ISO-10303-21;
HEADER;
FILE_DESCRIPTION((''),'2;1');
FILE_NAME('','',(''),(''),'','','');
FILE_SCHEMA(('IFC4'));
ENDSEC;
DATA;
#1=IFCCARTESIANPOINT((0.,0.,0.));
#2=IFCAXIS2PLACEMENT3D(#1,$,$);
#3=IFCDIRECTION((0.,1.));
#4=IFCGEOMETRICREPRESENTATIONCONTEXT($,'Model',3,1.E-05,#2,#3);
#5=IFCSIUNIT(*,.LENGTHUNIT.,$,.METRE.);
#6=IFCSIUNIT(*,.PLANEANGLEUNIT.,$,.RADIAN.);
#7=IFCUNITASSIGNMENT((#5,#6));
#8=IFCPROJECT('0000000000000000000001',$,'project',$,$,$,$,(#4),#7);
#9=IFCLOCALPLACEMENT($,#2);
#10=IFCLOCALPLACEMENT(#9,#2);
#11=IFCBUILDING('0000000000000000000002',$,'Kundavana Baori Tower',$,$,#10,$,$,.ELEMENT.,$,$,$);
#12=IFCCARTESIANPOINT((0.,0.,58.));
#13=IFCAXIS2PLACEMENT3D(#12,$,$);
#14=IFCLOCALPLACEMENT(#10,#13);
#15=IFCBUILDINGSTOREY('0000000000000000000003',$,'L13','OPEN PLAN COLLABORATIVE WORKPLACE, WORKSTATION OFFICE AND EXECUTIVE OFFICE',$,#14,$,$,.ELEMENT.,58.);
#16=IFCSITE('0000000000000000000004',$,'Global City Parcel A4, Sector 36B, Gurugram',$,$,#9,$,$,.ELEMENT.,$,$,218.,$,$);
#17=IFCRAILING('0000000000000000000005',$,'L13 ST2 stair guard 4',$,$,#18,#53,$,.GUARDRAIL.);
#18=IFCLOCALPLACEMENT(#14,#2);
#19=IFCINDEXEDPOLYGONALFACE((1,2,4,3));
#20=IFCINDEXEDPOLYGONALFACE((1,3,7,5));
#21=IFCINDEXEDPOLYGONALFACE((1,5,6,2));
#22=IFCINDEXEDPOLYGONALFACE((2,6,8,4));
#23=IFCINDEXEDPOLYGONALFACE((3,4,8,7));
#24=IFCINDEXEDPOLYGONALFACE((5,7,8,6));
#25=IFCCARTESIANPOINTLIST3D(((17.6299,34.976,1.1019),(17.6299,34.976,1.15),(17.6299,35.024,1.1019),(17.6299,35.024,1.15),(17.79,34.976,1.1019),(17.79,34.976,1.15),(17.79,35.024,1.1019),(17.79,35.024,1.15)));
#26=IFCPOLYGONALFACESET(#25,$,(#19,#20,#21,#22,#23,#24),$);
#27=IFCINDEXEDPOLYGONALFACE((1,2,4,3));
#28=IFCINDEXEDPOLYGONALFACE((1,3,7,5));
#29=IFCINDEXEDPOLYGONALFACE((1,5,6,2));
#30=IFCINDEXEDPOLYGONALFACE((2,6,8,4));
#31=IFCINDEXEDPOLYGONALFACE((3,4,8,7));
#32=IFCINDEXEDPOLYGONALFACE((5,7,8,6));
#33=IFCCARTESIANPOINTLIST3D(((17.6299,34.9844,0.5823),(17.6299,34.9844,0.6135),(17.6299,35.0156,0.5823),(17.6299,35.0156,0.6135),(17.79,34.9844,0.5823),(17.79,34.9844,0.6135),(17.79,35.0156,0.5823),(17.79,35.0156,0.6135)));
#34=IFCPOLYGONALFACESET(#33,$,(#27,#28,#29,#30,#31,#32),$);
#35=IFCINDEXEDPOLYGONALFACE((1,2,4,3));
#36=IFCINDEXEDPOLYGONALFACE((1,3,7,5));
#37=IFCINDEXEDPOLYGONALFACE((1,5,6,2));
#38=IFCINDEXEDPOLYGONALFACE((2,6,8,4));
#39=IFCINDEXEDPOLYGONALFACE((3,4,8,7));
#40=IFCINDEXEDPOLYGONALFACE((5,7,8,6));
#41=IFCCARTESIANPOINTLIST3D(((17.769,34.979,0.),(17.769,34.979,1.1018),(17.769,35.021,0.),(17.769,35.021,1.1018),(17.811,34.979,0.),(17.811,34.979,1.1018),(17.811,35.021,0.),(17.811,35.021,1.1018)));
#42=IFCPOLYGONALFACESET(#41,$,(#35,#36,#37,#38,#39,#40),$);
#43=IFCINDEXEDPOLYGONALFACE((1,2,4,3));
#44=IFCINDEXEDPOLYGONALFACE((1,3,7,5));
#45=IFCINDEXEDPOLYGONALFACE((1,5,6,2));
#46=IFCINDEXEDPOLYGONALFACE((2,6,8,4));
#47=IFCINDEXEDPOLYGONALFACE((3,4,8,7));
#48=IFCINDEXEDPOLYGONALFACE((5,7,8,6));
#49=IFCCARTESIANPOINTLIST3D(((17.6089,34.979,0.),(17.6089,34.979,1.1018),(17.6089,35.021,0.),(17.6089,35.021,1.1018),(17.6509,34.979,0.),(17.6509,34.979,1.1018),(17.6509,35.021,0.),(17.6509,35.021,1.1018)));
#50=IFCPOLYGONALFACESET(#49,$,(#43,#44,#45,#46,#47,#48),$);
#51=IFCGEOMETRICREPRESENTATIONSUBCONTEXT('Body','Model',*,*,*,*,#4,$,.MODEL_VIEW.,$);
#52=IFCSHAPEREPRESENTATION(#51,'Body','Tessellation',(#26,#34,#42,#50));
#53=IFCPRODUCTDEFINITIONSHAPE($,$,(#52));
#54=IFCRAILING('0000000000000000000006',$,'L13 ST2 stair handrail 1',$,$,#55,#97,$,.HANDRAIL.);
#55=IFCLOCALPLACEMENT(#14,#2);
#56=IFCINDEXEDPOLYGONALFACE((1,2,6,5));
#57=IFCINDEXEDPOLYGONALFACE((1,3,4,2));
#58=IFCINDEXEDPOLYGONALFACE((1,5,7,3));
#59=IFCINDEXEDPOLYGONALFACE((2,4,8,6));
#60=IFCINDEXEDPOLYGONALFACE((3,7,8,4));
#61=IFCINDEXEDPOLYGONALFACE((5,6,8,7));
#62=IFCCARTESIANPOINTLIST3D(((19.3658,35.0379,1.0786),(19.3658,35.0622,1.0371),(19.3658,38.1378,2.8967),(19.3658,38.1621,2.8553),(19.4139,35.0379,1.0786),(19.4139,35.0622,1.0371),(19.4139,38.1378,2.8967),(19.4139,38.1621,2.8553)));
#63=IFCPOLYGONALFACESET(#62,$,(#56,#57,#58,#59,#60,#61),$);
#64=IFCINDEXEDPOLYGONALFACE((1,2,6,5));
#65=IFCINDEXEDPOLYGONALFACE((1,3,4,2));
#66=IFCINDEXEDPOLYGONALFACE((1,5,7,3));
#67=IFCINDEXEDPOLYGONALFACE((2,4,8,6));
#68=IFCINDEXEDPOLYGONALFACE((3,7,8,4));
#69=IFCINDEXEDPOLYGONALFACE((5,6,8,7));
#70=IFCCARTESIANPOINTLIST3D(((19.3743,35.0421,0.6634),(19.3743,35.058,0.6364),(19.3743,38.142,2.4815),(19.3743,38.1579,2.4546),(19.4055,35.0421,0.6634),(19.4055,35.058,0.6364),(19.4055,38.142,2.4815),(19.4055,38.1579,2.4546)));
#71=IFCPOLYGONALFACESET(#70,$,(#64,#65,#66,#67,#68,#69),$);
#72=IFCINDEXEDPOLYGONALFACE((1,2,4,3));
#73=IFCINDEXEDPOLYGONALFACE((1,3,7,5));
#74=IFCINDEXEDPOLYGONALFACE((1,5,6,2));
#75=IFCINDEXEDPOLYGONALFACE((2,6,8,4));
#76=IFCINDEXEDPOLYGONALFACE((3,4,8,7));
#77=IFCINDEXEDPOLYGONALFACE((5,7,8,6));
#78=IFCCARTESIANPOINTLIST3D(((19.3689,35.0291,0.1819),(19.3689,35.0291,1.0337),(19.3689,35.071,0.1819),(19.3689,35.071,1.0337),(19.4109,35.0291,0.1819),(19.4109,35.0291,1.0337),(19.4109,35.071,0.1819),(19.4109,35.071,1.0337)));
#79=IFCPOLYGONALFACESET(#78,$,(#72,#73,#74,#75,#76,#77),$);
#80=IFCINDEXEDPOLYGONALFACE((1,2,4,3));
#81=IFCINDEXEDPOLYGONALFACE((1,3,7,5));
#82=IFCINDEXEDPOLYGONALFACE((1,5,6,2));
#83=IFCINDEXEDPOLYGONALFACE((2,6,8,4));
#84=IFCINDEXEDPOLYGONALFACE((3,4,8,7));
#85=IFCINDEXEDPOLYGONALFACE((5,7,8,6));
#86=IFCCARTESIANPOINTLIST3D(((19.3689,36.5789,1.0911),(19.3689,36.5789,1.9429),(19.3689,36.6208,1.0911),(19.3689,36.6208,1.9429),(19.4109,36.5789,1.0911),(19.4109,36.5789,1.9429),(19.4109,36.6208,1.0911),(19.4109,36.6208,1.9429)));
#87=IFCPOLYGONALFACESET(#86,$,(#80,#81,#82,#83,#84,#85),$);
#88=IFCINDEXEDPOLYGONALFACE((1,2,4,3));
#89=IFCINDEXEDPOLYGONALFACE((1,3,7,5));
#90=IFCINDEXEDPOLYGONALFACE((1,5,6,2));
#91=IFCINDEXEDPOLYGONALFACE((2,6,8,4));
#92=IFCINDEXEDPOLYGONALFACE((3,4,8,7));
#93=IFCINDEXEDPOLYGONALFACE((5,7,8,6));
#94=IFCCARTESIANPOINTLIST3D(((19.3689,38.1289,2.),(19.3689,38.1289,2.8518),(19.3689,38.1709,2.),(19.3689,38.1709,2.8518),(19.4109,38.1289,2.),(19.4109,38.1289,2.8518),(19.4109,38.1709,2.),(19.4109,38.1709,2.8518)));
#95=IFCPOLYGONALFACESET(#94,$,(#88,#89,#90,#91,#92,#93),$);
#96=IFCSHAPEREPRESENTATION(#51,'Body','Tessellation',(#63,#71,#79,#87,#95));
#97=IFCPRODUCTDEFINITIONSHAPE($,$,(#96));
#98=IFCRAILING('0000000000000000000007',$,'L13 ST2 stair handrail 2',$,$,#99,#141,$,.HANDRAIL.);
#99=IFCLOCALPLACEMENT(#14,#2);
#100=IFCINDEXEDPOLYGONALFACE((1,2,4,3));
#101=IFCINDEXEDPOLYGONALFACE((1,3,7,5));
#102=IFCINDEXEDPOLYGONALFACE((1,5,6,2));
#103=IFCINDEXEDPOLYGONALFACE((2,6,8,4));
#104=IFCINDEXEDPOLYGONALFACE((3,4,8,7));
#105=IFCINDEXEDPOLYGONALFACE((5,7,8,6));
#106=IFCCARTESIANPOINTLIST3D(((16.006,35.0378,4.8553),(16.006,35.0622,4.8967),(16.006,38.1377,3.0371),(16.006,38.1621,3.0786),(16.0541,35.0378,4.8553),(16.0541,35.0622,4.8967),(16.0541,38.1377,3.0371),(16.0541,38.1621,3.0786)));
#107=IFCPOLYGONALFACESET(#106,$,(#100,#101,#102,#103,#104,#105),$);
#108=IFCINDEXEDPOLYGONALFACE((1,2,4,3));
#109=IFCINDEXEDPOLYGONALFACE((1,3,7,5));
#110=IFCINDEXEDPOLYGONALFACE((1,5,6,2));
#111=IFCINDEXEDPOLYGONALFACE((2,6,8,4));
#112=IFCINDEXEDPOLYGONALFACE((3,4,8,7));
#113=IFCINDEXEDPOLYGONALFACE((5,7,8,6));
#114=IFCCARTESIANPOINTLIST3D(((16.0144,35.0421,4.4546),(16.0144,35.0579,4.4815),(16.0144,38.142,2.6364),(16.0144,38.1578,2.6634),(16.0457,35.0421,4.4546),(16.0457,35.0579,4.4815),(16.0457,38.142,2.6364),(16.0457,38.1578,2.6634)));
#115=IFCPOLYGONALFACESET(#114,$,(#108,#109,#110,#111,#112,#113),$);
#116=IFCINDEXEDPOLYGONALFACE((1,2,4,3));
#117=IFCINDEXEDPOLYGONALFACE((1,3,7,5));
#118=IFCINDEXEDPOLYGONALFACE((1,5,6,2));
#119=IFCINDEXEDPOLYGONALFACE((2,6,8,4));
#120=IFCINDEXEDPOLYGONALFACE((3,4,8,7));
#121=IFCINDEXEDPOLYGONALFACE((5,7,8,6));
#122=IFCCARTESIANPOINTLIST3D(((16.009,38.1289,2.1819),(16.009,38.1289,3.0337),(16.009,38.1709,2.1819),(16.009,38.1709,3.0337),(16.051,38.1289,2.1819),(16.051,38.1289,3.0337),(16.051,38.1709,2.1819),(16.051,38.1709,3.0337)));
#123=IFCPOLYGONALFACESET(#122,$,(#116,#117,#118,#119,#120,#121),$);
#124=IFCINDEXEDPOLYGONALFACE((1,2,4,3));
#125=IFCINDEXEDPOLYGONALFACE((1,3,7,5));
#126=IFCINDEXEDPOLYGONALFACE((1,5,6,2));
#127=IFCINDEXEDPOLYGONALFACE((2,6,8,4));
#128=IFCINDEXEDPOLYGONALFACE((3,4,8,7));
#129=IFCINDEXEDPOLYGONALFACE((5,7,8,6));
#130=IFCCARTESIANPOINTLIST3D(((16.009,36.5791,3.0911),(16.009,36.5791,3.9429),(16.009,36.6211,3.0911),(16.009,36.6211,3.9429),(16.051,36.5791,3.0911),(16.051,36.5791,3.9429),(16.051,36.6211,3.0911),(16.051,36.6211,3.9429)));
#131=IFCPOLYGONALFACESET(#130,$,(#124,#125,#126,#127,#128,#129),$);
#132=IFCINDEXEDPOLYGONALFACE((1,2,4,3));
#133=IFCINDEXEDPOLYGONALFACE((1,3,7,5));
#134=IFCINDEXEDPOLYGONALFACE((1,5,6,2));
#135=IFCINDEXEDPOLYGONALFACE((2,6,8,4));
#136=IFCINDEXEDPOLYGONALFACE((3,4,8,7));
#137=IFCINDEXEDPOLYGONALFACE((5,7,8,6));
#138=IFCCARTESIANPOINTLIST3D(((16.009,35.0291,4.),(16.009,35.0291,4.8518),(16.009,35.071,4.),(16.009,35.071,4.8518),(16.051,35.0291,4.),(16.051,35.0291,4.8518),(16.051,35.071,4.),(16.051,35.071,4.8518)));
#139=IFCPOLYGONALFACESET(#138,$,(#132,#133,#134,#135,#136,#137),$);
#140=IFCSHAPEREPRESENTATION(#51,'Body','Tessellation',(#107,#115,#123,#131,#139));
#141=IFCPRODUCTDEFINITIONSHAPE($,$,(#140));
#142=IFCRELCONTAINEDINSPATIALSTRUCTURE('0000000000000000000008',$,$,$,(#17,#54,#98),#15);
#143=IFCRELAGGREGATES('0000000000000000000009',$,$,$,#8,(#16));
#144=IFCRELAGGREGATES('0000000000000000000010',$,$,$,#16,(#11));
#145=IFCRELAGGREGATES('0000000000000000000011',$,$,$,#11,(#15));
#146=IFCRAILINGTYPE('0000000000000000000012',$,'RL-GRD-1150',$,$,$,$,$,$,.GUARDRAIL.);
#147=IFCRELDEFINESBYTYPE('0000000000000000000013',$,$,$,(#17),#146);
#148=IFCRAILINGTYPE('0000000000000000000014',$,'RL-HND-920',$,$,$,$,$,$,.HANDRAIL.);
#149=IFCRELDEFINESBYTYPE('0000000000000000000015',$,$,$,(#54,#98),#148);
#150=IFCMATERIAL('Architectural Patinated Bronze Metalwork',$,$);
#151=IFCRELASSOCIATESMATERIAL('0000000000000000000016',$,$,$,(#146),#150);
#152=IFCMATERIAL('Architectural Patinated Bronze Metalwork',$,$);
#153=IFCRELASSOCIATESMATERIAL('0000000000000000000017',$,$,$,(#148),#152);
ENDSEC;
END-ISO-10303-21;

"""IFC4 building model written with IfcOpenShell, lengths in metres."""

from ifc_helpers import new_model, si_unit, direction, frame, origin, origin_2d, place, context, subcontext, project, spatial, rectangle, extrude, material, type_object, element, save


model = new_model("IFC4")

# Units and contexts
model_context = context("Model", 3, precision=1e-05, world=origin(), true_north=direction((0.0, 1.0)))
body_context = subcontext(model_context, "Body", "Model", "MODEL_VIEW")
ifc_project = project(units=[si_unit("LENGTHUNIT", "METRE"), si_unit("PLANEANGLEUNIT", "RADIAN")], contexts=[model_context])

# Site, building, storey
site_placement = place(None, origin())
site = spatial("IfcSite", under=ifc_project, at=site_placement, Name="Global City Parcel A4, Sector 36B, Gurugram", CompositionType="ELEMENT", RefElevation=218.0)
building_placement = place(site_placement, origin())
building = spatial("IfcBuilding", under=site, at=building_placement, Name="Kundavana Baori Tower", CompositionType="ELEMENT")
storey_placement = place(building_placement, frame((0.0, 0.0, 58.0)))
storey = spatial("IfcBuildingStorey", under=building, at=storey_placement, Name="L13", Description="OPEN PLAN COLLABORATIVE WORKPLACE, WORKSTATION OFFICE AND EXECUTIVE OFFICE", CompositionType="ELEMENT", Elevation=58.0)

# Railings
ifc_material_1 = material(Name="Architectural Patinated Bronze Metalwork")
railing_type_1 = type_object("IfcRailingType", Name="RL-GRD-1150", PredefinedType="GUARDRAIL", material=ifc_material_1)
railing_1_placement = place(storey_placement, frame((17.79, 35.0, 0.0)))
element("IfcRailing", 1, at=railing_1_placement, inside=storey, type_object=railing_type_1, Name="L13 ST2 stair guard 4", PredefinedType="GUARDRAIL", context=body_context, shape_type="SweptSolid", body=[
    extrude(rectangle(XDim=0.0481, YDim=0.0481, at=origin_2d()), frame((0.0, 0.0, 1.126), z_axis=(-1.0, 0.0, 0.0), x_axis=(0.0, -1.0, 0.0)), (0.0, 0.0, 1.0), 0.1602),
    extrude(rectangle(XDim=0.0312, YDim=0.0312, at=origin_2d()), frame((0.0, 0.0, 0.5979), z_axis=(-1.0, 0.0, 0.0), x_axis=(0.0, -1.0, 0.0)), (0.0, 0.0, 1.0), 0.1602),
    extrude(rectangle(XDim=0.042, YDim=0.042, at=origin_2d()), origin(), (0.0, 0.0, 1.0), 1.1018),
    extrude(rectangle(XDim=0.042, YDim=0.042, at=origin_2d()), frame((-0.1602, 0.0, 0.0)), (0.0, 0.0, 1.0), 1.1018),
])
ifc_material_2 = material(Name="Architectural Patinated Bronze Metalwork")
railing_type_2 = type_object("IfcRailingType", Name="RL-HND-920", PredefinedType="HANDRAIL", material=ifc_material_2)
railing_2_placement = place(storey_placement, frame((19.3899, 35.05, 0.1819)))
element("IfcRailing", 2, at=railing_2_placement, inside=storey, type_object=railing_type_2, Name="L13 ST2 stair handrail 1", PredefinedType="HANDRAIL", context=body_context, shape_type="SweptSolid", body=[
    extrude(rectangle(XDim=0.0481, YDim=0.0481, at=origin_2d()), frame((0.0, 0.0, 0.876), z_axis=(0.0, 0.862581, 0.505918), x_axis=(-1.0, 0.0, 0.0)), (0.0, 0.0, 1.0), 3.5938),
    extrude(rectangle(XDim=0.0312, YDim=0.0312, at=origin_2d()), frame((0.0, 0.0, 0.468), z_axis=(0.0, 0.862581, 0.505918), x_axis=(-1.0, 0.0, 0.0)), (0.0, 0.0, 1.0), 3.5938),
    extrude(rectangle(XDim=0.042, YDim=0.042, at=origin_2d()), origin(), (0.0, 0.0, 1.0), 0.8518),
    extrude(rectangle(XDim=0.042, YDim=0.042, at=origin_2d()), frame((0.0, 1.5498, 0.9092)), (0.0, 0.0, 1.0), 0.8518),
    extrude(rectangle(XDim=0.042, YDim=0.042, at=origin_2d()), frame((0.0, 3.0999, 1.8181)), (0.0, 0.0, 1.0), 0.8518),
])
railing_3_placement = place(storey_placement, frame((16.03, 38.1499, 2.1819)))
element("IfcRailing", 3, at=railing_3_placement, inside=storey, type_object=railing_type_2, Name="L13 ST2 stair handrail 2", PredefinedType="HANDRAIL", context=body_context, shape_type="SweptSolid", body=[
    extrude(rectangle(XDim=0.0481, YDim=0.0481, at=origin_2d()), frame((0.0, 0.0, 0.876), z_axis=(0.0, -0.862581, 0.505918), x_axis=(1.0, 0.0, 0.0)), (0.0, 0.0, 1.0), 3.5938),
    extrude(rectangle(XDim=0.0312, YDim=0.0312, at=origin_2d()), frame((0.0, 0.0, 0.468), z_axis=(0.0, -0.862581, 0.505918), x_axis=(1.0, 0.0, 0.0)), (0.0, 0.0, 1.0), 3.5938),
    extrude(rectangle(XDim=0.042, YDim=0.042, at=origin_2d()), origin(), (0.0, 0.0, 1.0), 0.8518),
    extrude(rectangle(XDim=0.042, YDim=0.042, at=origin_2d()), frame((0.0, -1.5498, 0.9092)), (0.0, 0.0, 1.0), 0.8518),
    extrude(rectangle(XDim=0.042, YDim=0.042, at=origin_2d()), frame((0.0, -3.0999, 1.8181)), (0.0, 0.0, 1.0), 0.8518),
])

save(model, "model.ifc")
